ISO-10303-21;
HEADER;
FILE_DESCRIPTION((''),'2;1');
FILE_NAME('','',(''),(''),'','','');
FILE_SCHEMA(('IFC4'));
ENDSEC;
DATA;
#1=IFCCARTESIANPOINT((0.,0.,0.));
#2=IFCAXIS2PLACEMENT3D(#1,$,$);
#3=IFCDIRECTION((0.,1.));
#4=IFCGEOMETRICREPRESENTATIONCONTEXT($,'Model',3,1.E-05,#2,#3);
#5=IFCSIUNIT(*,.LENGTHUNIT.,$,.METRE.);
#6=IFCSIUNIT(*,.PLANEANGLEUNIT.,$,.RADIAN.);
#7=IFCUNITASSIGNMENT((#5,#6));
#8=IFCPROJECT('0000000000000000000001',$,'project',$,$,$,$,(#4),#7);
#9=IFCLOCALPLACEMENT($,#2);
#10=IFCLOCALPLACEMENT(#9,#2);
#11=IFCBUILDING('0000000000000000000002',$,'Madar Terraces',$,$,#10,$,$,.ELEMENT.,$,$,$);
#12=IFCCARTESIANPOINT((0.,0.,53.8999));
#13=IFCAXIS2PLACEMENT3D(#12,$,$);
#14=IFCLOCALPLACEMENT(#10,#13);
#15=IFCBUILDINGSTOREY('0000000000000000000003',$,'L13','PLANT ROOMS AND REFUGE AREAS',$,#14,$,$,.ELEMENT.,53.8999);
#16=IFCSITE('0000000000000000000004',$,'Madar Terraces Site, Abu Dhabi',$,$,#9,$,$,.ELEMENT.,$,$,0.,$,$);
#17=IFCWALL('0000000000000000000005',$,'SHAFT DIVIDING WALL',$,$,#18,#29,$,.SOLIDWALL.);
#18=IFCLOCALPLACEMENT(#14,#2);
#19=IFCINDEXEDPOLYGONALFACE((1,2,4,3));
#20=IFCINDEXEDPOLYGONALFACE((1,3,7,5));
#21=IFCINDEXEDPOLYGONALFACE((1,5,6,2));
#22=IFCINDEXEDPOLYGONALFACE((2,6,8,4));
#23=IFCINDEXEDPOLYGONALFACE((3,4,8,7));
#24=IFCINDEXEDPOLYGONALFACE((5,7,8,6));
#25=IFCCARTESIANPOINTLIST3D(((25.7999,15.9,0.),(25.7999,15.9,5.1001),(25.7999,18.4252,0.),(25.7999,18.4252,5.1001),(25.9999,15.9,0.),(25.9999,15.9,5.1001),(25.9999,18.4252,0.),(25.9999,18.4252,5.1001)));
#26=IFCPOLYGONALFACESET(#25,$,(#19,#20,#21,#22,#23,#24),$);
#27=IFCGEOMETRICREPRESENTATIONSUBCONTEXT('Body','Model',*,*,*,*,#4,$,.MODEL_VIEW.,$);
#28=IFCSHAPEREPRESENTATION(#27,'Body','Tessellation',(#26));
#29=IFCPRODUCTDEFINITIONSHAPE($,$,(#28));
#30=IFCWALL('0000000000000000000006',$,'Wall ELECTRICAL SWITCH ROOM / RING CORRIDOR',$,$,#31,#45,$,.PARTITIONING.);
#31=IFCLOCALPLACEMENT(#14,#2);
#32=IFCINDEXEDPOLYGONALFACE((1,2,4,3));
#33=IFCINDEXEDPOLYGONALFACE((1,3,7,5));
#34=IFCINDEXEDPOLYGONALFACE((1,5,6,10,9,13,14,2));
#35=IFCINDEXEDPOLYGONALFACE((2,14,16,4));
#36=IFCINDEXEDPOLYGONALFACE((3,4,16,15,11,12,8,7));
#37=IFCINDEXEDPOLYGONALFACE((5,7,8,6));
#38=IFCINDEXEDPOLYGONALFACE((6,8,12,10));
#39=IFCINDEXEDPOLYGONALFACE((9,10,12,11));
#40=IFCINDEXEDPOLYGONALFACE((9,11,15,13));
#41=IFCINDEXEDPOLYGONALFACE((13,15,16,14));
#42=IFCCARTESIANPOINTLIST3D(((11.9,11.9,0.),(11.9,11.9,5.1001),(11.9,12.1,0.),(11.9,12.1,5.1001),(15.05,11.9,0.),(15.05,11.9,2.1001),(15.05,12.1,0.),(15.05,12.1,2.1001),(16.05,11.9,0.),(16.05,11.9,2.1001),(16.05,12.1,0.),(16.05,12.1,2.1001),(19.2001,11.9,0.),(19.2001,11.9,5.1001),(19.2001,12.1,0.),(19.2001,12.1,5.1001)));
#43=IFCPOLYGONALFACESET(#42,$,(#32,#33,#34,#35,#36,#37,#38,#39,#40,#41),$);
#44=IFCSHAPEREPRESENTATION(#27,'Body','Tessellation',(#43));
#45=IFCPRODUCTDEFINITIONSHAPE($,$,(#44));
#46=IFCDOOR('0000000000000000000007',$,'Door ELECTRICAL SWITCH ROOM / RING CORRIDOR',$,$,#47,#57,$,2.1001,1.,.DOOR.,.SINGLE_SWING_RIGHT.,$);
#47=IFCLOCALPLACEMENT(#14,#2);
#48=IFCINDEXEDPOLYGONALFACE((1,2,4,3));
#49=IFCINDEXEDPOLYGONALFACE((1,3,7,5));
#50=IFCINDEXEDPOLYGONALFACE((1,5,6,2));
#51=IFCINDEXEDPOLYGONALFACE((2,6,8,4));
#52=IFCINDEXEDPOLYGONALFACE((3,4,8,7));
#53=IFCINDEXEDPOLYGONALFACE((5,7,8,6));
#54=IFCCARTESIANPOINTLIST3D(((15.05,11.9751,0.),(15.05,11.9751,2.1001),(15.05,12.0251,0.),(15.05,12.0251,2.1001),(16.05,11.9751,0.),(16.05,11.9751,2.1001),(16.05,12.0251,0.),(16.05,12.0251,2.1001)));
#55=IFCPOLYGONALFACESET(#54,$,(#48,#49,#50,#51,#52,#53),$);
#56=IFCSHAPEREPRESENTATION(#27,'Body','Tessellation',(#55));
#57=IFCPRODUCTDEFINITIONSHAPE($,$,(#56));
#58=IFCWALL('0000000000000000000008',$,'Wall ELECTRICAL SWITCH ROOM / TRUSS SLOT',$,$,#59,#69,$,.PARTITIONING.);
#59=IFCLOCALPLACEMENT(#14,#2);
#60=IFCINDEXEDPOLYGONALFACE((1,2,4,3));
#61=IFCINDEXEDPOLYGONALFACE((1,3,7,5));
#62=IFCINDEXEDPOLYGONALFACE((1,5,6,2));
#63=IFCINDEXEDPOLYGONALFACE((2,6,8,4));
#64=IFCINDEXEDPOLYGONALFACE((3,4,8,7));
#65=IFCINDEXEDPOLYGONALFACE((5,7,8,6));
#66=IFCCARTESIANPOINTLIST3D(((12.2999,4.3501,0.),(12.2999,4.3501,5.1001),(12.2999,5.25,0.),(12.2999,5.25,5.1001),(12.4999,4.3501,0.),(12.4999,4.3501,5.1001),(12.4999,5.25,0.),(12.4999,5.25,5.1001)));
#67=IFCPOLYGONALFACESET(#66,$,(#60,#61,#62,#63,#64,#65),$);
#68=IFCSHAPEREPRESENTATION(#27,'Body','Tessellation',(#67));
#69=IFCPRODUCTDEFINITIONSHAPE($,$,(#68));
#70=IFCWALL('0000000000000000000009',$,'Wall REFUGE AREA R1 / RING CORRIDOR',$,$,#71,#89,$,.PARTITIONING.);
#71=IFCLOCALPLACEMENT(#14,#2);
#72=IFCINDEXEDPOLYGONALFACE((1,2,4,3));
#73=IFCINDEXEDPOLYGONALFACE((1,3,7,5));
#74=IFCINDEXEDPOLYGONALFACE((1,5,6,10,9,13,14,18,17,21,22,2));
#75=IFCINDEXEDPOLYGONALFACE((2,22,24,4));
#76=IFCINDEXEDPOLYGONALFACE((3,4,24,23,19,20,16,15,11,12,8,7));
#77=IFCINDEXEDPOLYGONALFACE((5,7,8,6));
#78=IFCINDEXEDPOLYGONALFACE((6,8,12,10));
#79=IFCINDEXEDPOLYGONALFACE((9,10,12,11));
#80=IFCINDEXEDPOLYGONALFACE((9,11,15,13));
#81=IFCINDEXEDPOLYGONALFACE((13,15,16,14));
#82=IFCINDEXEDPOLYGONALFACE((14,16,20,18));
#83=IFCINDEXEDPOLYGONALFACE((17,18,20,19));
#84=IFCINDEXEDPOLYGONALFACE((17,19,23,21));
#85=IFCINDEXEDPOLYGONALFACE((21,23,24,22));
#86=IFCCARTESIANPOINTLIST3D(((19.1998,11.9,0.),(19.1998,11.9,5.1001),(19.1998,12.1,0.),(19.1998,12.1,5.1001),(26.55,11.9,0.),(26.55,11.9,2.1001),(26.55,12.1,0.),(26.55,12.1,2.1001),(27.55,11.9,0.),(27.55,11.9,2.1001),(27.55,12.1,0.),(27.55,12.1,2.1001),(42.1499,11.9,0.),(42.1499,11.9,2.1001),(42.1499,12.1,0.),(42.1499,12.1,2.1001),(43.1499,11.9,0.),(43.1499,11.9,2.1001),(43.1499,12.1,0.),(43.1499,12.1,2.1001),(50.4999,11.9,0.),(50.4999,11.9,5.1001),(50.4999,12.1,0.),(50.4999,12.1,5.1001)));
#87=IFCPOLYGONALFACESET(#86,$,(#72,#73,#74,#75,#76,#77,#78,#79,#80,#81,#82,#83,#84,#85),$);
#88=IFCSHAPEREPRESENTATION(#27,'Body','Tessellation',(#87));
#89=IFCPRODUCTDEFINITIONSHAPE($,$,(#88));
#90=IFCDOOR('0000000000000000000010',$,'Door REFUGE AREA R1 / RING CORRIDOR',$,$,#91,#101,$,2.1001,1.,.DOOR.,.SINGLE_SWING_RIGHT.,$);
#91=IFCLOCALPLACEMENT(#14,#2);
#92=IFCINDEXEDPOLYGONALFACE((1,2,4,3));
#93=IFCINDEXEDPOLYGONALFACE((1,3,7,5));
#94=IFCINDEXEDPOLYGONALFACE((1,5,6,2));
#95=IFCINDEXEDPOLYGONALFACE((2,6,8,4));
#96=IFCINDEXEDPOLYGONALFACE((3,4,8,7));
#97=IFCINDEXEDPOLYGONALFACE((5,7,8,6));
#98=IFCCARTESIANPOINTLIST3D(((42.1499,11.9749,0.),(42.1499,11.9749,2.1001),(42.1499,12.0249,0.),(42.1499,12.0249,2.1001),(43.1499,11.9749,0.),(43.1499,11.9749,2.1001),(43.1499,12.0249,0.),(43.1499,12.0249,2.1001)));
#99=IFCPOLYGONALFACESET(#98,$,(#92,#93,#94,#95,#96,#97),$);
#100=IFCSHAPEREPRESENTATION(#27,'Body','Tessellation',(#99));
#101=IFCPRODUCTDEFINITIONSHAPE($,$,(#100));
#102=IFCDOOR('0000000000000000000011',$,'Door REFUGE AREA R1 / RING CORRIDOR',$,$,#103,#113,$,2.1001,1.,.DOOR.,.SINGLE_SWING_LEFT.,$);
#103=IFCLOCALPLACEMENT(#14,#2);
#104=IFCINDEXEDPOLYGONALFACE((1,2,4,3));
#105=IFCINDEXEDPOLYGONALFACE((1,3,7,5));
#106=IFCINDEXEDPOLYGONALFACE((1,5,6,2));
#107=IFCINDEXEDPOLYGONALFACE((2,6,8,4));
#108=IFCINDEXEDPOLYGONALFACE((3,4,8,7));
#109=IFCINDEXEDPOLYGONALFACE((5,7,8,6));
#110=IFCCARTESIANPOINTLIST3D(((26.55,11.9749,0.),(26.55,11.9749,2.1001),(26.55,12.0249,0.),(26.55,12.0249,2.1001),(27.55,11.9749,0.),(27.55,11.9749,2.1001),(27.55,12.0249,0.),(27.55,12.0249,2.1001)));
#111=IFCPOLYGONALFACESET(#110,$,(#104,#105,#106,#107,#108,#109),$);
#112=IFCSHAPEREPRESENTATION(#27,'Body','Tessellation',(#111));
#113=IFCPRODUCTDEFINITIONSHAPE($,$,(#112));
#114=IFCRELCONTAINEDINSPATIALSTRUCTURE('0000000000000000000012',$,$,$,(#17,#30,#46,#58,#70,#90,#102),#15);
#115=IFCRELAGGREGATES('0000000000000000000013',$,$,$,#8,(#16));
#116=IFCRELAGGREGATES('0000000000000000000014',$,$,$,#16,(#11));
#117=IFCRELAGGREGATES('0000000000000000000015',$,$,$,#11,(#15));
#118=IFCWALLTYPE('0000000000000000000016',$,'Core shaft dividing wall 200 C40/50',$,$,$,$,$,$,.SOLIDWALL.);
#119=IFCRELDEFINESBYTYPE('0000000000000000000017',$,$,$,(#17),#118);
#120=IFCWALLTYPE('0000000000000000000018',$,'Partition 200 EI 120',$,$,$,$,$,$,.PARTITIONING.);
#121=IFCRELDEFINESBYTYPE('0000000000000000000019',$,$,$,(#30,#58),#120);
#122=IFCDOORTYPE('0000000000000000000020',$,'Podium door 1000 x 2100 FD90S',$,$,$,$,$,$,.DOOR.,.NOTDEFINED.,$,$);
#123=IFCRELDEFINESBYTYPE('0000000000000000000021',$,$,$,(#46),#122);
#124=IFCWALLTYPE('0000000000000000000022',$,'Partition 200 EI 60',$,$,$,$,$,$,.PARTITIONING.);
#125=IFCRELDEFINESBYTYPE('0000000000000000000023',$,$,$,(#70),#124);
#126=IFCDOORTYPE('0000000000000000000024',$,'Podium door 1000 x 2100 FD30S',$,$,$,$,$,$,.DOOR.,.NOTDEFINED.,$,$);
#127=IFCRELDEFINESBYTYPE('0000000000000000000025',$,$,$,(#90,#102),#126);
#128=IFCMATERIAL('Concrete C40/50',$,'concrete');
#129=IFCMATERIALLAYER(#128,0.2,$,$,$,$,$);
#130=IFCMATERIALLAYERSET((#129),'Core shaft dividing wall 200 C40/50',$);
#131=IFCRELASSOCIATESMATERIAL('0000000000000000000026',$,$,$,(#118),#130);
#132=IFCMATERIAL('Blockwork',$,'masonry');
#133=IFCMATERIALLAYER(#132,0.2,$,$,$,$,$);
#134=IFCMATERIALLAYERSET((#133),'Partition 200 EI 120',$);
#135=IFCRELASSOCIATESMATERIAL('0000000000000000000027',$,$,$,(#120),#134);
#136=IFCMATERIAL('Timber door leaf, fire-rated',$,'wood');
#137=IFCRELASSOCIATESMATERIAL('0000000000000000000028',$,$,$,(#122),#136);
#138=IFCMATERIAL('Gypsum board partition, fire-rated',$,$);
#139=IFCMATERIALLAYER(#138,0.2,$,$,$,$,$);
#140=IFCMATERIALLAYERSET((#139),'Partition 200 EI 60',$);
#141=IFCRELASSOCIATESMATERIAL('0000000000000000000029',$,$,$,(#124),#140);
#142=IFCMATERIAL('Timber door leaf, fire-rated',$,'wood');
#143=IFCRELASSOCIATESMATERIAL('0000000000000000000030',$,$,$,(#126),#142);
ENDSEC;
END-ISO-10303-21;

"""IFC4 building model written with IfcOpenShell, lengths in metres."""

from ifc_helpers import new_model, si_unit, direction, frame, frame_2d, origin, place, context, subcontext, project, spatial, rectangle, extrude, material, layer, layer_set, type_object, element, fill, save


model = new_model("IFC4")

# Units and contexts
model_context = context("Model", 3, precision=1e-05, world=origin(), true_north=direction((0.0, 1.0)))
body_context = subcontext(model_context, "Body", "Model", "MODEL_VIEW")
ifc_project = project(units=[si_unit("LENGTHUNIT", "METRE"), si_unit("PLANEANGLEUNIT", "RADIAN")], contexts=[model_context])

# Site, building, storey
site_placement = place(None, origin())
site = spatial("IfcSite", under=ifc_project, at=site_placement, Name="Madar Terraces Site, Abu Dhabi", CompositionType="ELEMENT", RefElevation=0.0)
building_placement = place(site_placement, origin())
building = spatial("IfcBuilding", under=site, at=building_placement, Name="Madar Terraces", CompositionType="ELEMENT")
storey_placement = place(building_placement, frame((0.0, 0.0, 53.8999)))
storey = spatial("IfcBuildingStorey", under=building, at=storey_placement, Name="L13", Description="PLANT ROOMS AND REFUGE AREAS", CompositionType="ELEMENT", Elevation=53.8999)

# Wall
ifc_material_1 = material(Name="Concrete C40/50", Category="concrete")
ifc_layer_1 = layer(ifc_material_1, 0.2)
ifc_layer_set_1 = layer_set([ifc_layer_1], Name="Core shaft dividing wall 200 C40/50")
wall_type_1 = type_object("IfcWallType", Name="Core shaft dividing wall 200 C40/50", PredefinedType="SOLIDWALL", material=ifc_layer_set_1)
wall_1_placement = place(storey_placement, frame((25.8999, 15.8999, 0.0), z_axis=(0.0, 0.0, 1.0), x_axis=(0.0, 1.0, 0.0)))
element("IfcWall", 1, at=wall_1_placement, inside=storey, type_object=wall_type_1, Name="SHAFT DIVIDING WALL", PredefinedType="SOLIDWALL", context=body_context, shape_type="SweptSolid", body=[
    extrude(rectangle(XDim=2.5251, YDim=0.2, at=frame_2d((1.2627, 0.0))), origin(), (0.0, 0.0, 1.0), 5.1001),
])

# Wall, opening, door
ifc_material_2 = material(Name="Blockwork", Category="masonry")
ifc_layer_2 = layer(ifc_material_2, 0.2)
ifc_layer_set_2 = layer_set([ifc_layer_2], Name="Partition 200 EI 120")
wall_type_2 = type_object("IfcWallType", Name="Partition 200 EI 120", PredefinedType="PARTITIONING", material=ifc_layer_set_2)
wall_2_placement = place(storey_placement, frame((19.2, 12.0, 0.0), z_axis=(0.0, 0.0, 1.0), x_axis=(-1.0, 0.0, 0.0)))
wall_2 = element("IfcWall", 2, at=wall_2_placement, inside=storey, type_object=wall_type_2, Name="Wall ELECTRICAL SWITCH ROOM / RING CORRIDOR", PredefinedType="PARTITIONING", context=body_context, shape_type="SweptSolid", body=[
    extrude(rectangle(XDim=7.3, YDim=0.2, at=frame_2d((3.6499, 0.0))), origin(), (0.0, 0.0, 1.0), 5.1001),
])
opening_1_placement = place(wall_2_placement, frame((3.1499, 0.0, 0.0)))
opening_1 = element("IfcOpeningElement", 3, at=opening_1_placement, cuts=wall_2, PredefinedType="OPENING", context=body_context, shape_type="SweptSolid", body=[
    extrude(rectangle(XDim=1.0, YDim=2.1001, at=frame_2d((0.5, 1.05))), frame((0.0, 0.1099, 0.0), z_axis=(0.0, -1.0, 0.0), x_axis=(1.0, 0.0, 0.0)), (0.0, 0.0, 1.0), 0.22),
])
ifc_material_3 = material(Name="Timber door leaf, fire-rated", Category="wood")
door_type_1 = type_object("IfcDoorType", Name="Podium door 1000 x 2100 FD90S", OperationType="NOTDEFINED", PredefinedType="DOOR", material=ifc_material_3)
door_1_placement = place(opening_1_placement, origin())
door_1 = element("IfcDoor", 4, at=door_1_placement, inside=storey, type_object=door_type_1, Name="Door ELECTRICAL SWITCH ROOM / RING CORRIDOR", OperationType="SINGLE_SWING_RIGHT", OverallHeight=2.1001, OverallWidth=1.0, PredefinedType="DOOR", context=body_context, shape_type="SweptSolid", body=[
    extrude(rectangle(XDim=1.0, YDim=2.1001, at=frame_2d((0.5, 1.05))), frame((0.0, 0.0249, 0.0), z_axis=(0.0, -1.0, 0.0), x_axis=(1.0, 0.0, 0.0)), (0.0, 0.0, 1.0), 0.05),
])
fill(opening_1, door_1)

# Wall
wall_3_placement = place(storey_placement, frame((12.3999, 4.3501, 0.0), z_axis=(0.0, 0.0, 1.0), x_axis=(0.0, 1.0, 0.0)))
element("IfcWall", 5, at=wall_3_placement, inside=storey, type_object=wall_type_2, Name="Wall ELECTRICAL SWITCH ROOM / TRUSS SLOT", PredefinedType="PARTITIONING", context=body_context, shape_type="SweptSolid", body=[
    extrude(rectangle(XDim=0.8999, YDim=0.2, at=frame_2d((0.45, 0.0))), origin(), (0.0, 0.0, 1.0), 5.1001),
])

# Wall, openings, doors
ifc_material_4 = material(Name="Gypsum board partition, fire-rated")
ifc_layer_3 = layer(ifc_material_4, 0.2)
ifc_layer_set_3 = layer_set([ifc_layer_3], Name="Partition 200 EI 60")
wall_type_3 = type_object("IfcWallType", Name="Partition 200 EI 60", PredefinedType="PARTITIONING", material=ifc_layer_set_3)
wall_4_placement = place(storey_placement, frame((19.2, 12.0, 0.0), z_axis=(0.0, 0.0, 1.0), x_axis=(1.0, 0.0, 0.0)))
wall_4 = element("IfcWall", 6, at=wall_4_placement, inside=storey, type_object=wall_type_3, Name="Wall REFUGE AREA R1 / RING CORRIDOR", PredefinedType="PARTITIONING", context=body_context, shape_type="SweptSolid", body=[
    extrude(rectangle(XDim=31.3, YDim=0.2, at=frame_2d((15.6499, 0.0))), origin(), (0.0, 0.0, 1.0), 5.1001),
])
opening_2_placement = place(wall_4_placement, frame((22.95, 0.0, 0.0)))
opening_2 = element("IfcOpeningElement", 7, at=opening_2_placement, cuts=wall_4, PredefinedType="OPENING", context=body_context, shape_type="SweptSolid", body=[
    extrude(rectangle(XDim=1.0, YDim=2.1001, at=frame_2d((0.5, 1.05))), frame((0.0, 0.1099, 0.0), z_axis=(0.0, -1.0, 0.0), x_axis=(1.0, 0.0, 0.0)), (0.0, 0.0, 1.0), 0.22),
])
opening_3_placement = place(wall_4_placement, frame((7.3501, 0.0, 0.0)))
opening_3 = element("IfcOpeningElement", 8, at=opening_3_placement, cuts=wall_4, PredefinedType="OPENING", context=body_context, shape_type="SweptSolid", body=[
    extrude(rectangle(XDim=1.0, YDim=2.1001, at=frame_2d((0.5, 1.05))), frame((0.0, 0.1099, 0.0), z_axis=(0.0, -1.0, 0.0), x_axis=(1.0, 0.0, 0.0)), (0.0, 0.0, 1.0), 0.22),
])
ifc_material_5 = material(Name="Timber door leaf, fire-rated", Category="wood")
door_type_2 = type_object("IfcDoorType", Name="Podium door 1000 x 2100 FD30S", OperationType="NOTDEFINED", PredefinedType="DOOR", material=ifc_material_5)
door_2_placement = place(opening_2_placement, origin())
door_2 = element("IfcDoor", 9, at=door_2_placement, inside=storey, type_object=door_type_2, Name="Door REFUGE AREA R1 / RING CORRIDOR", OperationType="SINGLE_SWING_RIGHT", OverallHeight=2.1001, OverallWidth=1.0, PredefinedType="DOOR", context=body_context, shape_type="SweptSolid", body=[
    extrude(rectangle(XDim=1.0, YDim=2.1001, at=frame_2d((0.5, 1.05))), frame((0.0, 0.0249, 0.0), z_axis=(0.0, -1.0, 0.0), x_axis=(1.0, 0.0, 0.0)), (0.0, 0.0, 1.0), 0.05),
])
fill(opening_2, door_2)
door_3_placement = place(opening_3_placement, origin())
door_3 = element("IfcDoor", 10, at=door_3_placement, inside=storey, type_object=door_type_2, Name="Door REFUGE AREA R1 / RING CORRIDOR", OperationType="SINGLE_SWING_LEFT", OverallHeight=2.1001, OverallWidth=1.0, PredefinedType="DOOR", context=body_context, shape_type="SweptSolid", body=[
    extrude(rectangle(XDim=1.0, YDim=2.1001, at=frame_2d((0.5, 1.05))), frame((0.0, 0.0249, 0.0), z_axis=(0.0, -1.0, 0.0), x_axis=(1.0, 0.0, 0.0)), (0.0, 0.0, 1.0), 0.05),
])
fill(opening_3, door_3)

save(model, "model.ifc")
